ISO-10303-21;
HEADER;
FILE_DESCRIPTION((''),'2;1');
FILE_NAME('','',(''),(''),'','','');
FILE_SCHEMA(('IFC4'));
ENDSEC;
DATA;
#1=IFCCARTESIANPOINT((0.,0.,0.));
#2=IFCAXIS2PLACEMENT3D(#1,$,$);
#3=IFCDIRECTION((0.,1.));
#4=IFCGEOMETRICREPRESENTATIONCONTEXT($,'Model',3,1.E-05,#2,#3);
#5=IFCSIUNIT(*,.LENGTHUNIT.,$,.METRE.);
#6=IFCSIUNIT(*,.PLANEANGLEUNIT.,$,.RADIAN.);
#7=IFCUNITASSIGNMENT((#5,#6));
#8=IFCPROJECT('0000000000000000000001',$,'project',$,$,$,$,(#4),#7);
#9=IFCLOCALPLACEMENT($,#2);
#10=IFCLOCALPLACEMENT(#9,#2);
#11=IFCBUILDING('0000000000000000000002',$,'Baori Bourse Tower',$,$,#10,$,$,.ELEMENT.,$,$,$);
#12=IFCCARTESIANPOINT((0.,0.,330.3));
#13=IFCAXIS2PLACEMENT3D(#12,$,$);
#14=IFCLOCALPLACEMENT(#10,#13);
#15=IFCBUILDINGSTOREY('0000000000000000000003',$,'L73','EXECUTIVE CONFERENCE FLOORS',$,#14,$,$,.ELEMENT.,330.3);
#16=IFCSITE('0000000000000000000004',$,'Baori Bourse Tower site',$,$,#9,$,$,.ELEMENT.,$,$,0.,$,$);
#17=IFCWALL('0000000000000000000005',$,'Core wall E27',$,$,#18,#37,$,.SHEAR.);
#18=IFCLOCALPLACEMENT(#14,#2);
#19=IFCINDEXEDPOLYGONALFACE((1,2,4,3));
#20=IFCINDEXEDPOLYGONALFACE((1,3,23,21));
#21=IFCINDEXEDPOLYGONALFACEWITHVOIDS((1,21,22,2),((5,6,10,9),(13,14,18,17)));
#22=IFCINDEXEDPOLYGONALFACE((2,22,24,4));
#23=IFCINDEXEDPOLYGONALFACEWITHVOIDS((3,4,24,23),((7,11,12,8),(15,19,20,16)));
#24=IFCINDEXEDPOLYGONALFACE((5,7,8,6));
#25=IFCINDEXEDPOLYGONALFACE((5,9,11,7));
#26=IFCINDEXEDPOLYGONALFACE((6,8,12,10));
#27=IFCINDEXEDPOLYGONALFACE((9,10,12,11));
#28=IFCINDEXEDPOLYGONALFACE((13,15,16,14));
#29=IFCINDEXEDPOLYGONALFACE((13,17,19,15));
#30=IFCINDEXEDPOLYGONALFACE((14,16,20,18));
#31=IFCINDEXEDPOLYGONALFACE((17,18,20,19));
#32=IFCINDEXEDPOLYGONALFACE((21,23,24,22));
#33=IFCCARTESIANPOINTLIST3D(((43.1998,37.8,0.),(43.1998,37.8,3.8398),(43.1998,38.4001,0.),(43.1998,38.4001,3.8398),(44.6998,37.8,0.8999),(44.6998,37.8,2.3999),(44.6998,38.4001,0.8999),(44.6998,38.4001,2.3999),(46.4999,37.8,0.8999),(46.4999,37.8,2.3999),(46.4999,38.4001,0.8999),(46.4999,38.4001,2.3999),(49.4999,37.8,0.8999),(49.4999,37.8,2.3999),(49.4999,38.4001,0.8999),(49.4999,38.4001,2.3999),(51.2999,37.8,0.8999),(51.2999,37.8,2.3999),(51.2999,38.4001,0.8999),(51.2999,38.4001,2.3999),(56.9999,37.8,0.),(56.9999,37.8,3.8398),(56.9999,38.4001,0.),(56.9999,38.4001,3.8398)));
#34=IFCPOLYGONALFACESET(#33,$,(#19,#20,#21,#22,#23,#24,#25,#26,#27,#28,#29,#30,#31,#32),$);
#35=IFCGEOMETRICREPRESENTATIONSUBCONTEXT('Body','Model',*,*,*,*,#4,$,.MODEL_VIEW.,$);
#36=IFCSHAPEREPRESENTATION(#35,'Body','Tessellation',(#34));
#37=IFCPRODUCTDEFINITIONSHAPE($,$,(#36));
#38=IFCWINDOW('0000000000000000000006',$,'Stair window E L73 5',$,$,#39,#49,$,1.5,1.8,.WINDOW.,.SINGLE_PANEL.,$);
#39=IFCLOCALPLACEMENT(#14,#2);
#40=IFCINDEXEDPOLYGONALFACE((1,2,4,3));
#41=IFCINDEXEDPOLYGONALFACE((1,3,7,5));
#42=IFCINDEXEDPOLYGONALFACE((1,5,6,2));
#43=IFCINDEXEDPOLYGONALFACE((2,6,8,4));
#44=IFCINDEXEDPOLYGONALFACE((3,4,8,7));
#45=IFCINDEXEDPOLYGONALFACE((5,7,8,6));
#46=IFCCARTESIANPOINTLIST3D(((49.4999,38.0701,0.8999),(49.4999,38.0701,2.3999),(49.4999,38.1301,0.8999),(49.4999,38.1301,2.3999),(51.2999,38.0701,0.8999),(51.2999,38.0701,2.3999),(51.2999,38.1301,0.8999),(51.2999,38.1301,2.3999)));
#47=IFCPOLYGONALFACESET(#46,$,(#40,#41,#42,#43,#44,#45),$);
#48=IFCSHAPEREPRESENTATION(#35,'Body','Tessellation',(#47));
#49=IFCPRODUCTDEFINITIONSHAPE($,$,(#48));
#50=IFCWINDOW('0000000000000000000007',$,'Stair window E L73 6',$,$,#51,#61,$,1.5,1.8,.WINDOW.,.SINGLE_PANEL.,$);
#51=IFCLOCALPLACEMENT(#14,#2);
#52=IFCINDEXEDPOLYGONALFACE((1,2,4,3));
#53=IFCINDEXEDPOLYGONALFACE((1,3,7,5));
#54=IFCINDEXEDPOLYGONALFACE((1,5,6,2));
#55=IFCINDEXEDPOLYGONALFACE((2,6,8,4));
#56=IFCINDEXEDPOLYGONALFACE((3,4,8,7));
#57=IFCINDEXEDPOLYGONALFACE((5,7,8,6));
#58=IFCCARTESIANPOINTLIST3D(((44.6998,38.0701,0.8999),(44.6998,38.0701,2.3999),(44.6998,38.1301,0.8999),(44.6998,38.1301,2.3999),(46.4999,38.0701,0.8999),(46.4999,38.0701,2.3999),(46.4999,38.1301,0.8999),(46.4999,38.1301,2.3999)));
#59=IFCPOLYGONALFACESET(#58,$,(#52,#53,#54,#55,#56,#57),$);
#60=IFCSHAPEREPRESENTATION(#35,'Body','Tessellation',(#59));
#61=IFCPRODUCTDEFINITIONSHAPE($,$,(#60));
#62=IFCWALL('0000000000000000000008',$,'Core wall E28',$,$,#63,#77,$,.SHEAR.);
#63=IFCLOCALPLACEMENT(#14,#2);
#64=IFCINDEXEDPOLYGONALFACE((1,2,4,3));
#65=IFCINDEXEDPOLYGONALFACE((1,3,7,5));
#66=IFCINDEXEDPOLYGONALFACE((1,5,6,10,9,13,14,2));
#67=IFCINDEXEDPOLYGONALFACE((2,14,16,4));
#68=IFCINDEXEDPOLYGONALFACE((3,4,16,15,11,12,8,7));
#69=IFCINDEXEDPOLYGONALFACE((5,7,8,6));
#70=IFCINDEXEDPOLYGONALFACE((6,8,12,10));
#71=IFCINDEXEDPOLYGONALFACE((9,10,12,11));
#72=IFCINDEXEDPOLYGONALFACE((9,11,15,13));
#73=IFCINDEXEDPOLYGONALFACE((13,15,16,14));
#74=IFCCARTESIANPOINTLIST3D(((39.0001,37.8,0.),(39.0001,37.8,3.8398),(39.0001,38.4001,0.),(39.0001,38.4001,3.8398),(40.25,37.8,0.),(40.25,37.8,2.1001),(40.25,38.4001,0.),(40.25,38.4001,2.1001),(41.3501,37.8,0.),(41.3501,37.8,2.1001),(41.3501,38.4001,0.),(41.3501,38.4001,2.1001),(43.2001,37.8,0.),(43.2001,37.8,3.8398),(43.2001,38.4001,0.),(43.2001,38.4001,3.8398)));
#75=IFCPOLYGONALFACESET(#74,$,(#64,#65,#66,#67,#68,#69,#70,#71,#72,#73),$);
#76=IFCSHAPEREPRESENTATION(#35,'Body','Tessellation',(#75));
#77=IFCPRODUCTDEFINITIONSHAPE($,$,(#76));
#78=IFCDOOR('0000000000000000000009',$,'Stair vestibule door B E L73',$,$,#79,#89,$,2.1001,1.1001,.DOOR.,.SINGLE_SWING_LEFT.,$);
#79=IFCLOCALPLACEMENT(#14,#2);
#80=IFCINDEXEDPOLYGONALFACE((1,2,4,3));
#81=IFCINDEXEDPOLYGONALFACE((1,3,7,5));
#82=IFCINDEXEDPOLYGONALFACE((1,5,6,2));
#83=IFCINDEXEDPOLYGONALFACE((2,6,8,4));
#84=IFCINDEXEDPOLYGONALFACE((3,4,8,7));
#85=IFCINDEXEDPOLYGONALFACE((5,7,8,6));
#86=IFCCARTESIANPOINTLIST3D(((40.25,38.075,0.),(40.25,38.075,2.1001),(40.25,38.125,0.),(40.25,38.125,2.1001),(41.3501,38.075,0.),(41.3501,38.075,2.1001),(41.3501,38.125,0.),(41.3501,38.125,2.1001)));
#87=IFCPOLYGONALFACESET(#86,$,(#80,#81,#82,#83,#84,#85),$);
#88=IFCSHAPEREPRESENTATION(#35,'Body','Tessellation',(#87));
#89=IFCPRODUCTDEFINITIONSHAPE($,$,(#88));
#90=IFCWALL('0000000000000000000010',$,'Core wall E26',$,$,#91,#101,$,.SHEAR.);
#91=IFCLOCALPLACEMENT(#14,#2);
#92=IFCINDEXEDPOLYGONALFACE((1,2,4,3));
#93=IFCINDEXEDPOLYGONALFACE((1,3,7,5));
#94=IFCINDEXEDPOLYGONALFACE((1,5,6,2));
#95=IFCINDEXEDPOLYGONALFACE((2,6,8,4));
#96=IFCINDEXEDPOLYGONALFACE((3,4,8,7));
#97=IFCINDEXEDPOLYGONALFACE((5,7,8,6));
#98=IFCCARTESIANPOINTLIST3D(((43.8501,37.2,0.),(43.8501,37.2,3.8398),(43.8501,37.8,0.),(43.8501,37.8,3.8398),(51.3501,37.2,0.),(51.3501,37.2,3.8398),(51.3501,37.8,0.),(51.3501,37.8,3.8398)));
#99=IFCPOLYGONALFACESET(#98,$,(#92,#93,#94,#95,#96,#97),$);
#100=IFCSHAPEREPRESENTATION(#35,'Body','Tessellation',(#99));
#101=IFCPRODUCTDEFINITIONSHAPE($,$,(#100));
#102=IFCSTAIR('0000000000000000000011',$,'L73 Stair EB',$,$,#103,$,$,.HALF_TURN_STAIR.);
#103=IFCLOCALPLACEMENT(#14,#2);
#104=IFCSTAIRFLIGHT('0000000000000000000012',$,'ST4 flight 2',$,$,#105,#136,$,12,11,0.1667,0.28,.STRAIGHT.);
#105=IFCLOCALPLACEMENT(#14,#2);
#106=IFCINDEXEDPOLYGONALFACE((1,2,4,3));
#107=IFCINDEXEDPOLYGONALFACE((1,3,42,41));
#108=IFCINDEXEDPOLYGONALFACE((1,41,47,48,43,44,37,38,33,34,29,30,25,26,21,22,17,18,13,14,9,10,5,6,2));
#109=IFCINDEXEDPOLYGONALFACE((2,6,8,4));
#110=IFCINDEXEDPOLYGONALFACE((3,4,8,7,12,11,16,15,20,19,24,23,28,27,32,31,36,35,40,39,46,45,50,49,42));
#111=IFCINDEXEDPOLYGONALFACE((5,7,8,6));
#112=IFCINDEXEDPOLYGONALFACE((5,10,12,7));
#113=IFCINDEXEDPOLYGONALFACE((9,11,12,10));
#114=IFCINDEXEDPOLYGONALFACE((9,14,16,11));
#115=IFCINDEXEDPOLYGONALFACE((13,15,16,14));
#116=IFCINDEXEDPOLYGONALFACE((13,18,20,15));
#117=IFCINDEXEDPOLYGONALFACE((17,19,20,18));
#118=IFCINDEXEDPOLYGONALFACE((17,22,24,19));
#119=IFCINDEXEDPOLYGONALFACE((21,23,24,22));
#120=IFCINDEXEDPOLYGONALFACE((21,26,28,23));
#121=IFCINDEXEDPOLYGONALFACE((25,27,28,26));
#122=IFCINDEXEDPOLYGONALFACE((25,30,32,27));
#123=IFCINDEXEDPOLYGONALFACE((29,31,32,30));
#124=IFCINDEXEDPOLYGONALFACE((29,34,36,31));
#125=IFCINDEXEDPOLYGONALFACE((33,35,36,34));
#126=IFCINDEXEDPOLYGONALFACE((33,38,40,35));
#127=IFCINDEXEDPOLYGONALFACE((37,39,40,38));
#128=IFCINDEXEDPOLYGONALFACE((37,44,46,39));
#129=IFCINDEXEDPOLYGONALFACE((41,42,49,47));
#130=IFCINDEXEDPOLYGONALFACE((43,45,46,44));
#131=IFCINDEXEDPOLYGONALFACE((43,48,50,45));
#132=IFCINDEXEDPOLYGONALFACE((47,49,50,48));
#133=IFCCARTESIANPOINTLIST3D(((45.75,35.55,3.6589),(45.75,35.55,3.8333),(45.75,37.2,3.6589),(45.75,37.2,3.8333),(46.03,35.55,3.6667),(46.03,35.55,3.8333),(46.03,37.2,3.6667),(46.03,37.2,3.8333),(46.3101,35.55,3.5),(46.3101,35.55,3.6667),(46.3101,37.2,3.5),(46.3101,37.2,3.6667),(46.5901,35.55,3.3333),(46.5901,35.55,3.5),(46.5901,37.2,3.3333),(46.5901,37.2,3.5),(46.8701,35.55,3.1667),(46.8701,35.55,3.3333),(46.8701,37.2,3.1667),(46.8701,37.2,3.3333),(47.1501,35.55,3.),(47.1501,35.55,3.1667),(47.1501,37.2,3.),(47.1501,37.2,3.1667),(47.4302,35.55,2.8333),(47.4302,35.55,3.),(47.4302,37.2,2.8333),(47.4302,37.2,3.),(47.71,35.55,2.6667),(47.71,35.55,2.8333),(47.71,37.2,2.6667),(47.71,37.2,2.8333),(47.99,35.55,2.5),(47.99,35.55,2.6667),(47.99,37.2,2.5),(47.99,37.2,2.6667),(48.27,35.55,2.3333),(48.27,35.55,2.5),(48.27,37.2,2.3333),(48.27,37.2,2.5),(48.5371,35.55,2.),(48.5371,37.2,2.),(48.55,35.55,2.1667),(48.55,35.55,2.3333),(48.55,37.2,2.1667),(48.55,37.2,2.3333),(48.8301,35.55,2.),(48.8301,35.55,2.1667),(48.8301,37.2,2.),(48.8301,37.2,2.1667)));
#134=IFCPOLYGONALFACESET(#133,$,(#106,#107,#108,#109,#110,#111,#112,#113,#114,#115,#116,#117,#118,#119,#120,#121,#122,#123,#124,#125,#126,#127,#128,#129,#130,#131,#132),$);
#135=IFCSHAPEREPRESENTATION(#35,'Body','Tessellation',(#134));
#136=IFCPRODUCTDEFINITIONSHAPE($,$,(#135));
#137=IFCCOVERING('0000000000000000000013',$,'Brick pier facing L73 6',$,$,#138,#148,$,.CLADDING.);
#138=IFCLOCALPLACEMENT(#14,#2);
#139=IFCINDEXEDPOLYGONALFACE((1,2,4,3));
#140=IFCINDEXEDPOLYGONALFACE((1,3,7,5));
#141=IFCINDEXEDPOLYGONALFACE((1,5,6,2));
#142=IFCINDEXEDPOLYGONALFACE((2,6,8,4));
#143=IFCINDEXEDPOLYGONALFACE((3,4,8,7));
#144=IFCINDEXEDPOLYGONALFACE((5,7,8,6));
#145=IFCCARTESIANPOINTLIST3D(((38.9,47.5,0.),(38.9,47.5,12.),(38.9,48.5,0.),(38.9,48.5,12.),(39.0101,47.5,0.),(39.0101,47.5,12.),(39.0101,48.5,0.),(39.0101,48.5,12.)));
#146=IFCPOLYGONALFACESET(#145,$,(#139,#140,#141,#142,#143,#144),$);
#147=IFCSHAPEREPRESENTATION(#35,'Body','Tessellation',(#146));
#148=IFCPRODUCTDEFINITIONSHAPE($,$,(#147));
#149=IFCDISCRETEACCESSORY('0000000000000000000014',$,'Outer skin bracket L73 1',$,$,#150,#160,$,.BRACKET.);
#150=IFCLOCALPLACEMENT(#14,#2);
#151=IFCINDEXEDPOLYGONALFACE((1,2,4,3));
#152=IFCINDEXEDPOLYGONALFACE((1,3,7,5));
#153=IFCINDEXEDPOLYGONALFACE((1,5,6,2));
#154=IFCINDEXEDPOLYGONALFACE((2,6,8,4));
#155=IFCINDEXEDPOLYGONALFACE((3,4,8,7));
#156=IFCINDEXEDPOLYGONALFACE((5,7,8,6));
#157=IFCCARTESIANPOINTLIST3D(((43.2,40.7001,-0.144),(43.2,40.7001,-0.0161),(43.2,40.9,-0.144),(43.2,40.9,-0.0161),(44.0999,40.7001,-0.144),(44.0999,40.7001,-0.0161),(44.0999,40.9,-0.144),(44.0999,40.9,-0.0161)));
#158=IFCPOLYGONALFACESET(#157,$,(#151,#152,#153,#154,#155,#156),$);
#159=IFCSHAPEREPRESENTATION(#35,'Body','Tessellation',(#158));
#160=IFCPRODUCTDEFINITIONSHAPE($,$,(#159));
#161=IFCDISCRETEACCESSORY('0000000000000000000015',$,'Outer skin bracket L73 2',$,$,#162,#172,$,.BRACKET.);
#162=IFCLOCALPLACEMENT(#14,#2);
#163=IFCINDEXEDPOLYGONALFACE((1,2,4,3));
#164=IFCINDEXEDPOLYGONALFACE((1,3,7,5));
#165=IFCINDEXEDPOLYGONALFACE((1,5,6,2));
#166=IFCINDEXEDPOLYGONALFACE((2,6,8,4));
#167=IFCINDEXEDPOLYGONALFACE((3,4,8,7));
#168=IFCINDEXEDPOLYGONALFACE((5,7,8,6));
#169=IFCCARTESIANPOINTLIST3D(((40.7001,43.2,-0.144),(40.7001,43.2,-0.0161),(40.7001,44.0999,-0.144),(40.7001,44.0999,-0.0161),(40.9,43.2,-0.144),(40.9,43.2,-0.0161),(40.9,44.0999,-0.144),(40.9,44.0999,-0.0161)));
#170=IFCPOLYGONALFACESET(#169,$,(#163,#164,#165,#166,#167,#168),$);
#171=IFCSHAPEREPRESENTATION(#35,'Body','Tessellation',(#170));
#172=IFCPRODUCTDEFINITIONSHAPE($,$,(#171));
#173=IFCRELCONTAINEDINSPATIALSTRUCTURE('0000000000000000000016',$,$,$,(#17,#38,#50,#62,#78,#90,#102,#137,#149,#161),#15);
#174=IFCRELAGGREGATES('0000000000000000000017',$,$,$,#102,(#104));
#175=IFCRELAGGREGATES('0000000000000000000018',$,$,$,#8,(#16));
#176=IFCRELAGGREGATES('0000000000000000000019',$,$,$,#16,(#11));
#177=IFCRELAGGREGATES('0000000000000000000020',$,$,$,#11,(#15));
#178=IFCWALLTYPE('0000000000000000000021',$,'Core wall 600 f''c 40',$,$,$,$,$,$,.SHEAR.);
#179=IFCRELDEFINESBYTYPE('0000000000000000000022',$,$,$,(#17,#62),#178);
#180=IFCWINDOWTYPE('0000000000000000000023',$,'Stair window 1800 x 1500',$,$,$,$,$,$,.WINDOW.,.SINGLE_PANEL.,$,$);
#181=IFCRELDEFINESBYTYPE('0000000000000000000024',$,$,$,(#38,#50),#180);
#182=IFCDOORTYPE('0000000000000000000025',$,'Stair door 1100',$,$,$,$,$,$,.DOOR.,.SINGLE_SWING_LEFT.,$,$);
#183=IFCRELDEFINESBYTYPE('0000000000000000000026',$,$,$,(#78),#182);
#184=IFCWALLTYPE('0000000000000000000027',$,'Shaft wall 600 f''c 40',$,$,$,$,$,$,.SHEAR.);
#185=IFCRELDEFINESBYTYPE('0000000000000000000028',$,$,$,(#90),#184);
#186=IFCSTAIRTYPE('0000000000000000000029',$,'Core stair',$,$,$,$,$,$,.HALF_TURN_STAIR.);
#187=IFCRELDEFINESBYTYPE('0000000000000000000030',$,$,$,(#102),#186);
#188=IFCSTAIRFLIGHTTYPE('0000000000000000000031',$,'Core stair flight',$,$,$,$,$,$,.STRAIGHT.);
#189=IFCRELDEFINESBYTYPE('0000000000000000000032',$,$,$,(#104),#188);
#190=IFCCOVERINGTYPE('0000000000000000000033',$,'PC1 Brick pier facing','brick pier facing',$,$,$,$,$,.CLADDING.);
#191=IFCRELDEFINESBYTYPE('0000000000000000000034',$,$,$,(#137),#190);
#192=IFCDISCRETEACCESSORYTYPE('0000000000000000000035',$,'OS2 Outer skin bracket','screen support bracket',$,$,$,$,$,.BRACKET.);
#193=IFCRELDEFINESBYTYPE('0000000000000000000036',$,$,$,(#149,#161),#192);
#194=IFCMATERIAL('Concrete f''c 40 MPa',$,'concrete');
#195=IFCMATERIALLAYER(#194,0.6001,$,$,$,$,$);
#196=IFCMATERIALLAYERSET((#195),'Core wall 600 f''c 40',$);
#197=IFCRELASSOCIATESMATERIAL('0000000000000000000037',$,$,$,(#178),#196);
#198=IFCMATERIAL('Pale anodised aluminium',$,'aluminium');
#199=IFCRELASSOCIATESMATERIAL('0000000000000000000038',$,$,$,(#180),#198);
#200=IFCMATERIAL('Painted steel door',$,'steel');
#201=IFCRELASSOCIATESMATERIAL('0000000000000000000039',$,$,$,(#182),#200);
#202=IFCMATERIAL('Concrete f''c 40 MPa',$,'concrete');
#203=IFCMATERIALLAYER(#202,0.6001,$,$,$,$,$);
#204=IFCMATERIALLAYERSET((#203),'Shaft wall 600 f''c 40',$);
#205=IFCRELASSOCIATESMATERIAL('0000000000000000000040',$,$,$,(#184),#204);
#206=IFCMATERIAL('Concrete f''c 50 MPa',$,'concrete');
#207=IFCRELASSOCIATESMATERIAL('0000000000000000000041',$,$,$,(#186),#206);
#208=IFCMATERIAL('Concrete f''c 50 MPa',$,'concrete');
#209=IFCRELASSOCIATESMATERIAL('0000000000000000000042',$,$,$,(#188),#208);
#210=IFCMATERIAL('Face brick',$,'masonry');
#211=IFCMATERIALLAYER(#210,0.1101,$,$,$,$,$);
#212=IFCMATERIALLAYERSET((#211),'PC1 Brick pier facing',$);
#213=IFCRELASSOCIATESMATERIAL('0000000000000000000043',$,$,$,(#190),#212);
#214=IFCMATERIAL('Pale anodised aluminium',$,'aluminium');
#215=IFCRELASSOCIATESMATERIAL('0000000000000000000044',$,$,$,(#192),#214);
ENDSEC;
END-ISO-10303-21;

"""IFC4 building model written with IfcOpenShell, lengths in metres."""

from ifc_helpers import new_model, si_unit, direction, frame, frame_2d, origin, origin_2d, place, context, subcontext, project, spatial, polyline, rectangle, outline, extrude, material, layer, layer_set, type_object, element, fill, aggregate, save


model = new_model("IFC4")

# Units and contexts
model_context = context("Model", 3, precision=1e-05, world=origin(), true_north=direction((0.0, 1.0)))
body_context = subcontext(model_context, "Body", "Model", "MODEL_VIEW")
ifc_project = project(units=[si_unit("LENGTHUNIT", "METRE"), si_unit("PLANEANGLEUNIT", "RADIAN")], contexts=[model_context])

# Site, building, storey
site_placement = place(None, origin())
site = spatial("IfcSite", under=ifc_project, at=site_placement, Name="Baori Bourse Tower site", CompositionType="ELEMENT", RefElevation=0.0)
building_placement = place(site_placement, origin())
building = spatial("IfcBuilding", under=site, at=building_placement, Name="Baori Bourse Tower", CompositionType="ELEMENT")
storey_placement = place(building_placement, frame((0.0, 0.0, 330.3)))
storey = spatial("IfcBuildingStorey", under=building, at=storey_placement, Name="L73", Description="EXECUTIVE CONFERENCE FLOORS", CompositionType="ELEMENT", Elevation=330.3)

# Wall, openings, windows
ifc_material_1 = material(Name="Concrete f'c 40 MPa", Category="concrete")
ifc_layer_1 = layer(ifc_material_1, 0.6001)
ifc_layer_set_1 = layer_set([ifc_layer_1], Name="Core wall 600 f'c 40")
wall_type_1 = type_object("IfcWallType", Name="Core wall 600 f'c 40", PredefinedType="SHEAR", material=ifc_layer_set_1)
wall_1_placement = place(storey_placement, frame((43.2, 38.1001, 0.0), z_axis=(0.0, 0.0, 1.0), x_axis=(1.0, 0.0, 0.0)))
wall_1 = element("IfcWall", 1, at=wall_1_placement, inside=storey, type_object=wall_type_1, Name="Core wall E27", PredefinedType="SHEAR", context=body_context, shape_type="SweptSolid", body=[
    extrude(rectangle(XDim=13.8, YDim=0.6001, at=frame_2d((6.8999, 0.0))), origin(), (0.0, 0.0, 1.0), 3.8398),
])
opening_1_placement = place(wall_1_placement, frame((6.3, 0.0, 0.8999)))
opening_1 = element("IfcOpeningElement", 2, at=opening_1_placement, cuts=wall_1, PredefinedType="OPENING", context=body_context, shape_type="SweptSolid", body=[
    extrude(rectangle(XDim=1.8, YDim=1.5, at=frame_2d((0.8999, 0.75))), frame((0.0, 0.3101, 0.0), z_axis=(0.0, -1.0, 0.0), x_axis=(1.0, 0.0, 0.0)), (0.0, 0.0, 1.0), 0.6201),
])
opening_2_placement = place(wall_1_placement, frame((1.5, 0.0, 0.8999)))
opening_2 = element("IfcOpeningElement", 3, at=opening_2_placement, cuts=wall_1, PredefinedType="OPENING", context=body_context, shape_type="SweptSolid", body=[
    extrude(rectangle(XDim=1.8, YDim=1.5, at=frame_2d((0.8999, 0.75))), frame((0.0, 0.3101, 0.0), z_axis=(0.0, -1.0, 0.0), x_axis=(1.0, 0.0, 0.0)), (0.0, 0.0, 1.0), 0.6201),
])
ifc_material_2 = material(Name="Pale anodised aluminium", Category="aluminium")
window_type_1 = type_object("IfcWindowType", Name="Stair window 1800 x 1500", PartitioningType="SINGLE_PANEL", PredefinedType="WINDOW", material=ifc_material_2)
window_1_placement = place(opening_1_placement, origin())
window_1 = element("IfcWindow", 4, at=window_1_placement, inside=storey, type_object=window_type_1, Name="Stair window E L73 5", OverallHeight=1.5, OverallWidth=1.8, PartitioningType="SINGLE_PANEL", PredefinedType="WINDOW", context=body_context, shape_type="SweptSolid", body=[
    extrude(rectangle(XDim=1.8, YDim=1.5, at=frame_2d((0.8999, 0.75))), frame((0.0, 0.03, 0.0), z_axis=(0.0, -1.0, 0.0), x_axis=(1.0, 0.0, 0.0)), (0.0, 0.0, 1.0), 0.0601),
])
fill(opening_1, window_1)
window_2_placement = place(opening_2_placement, origin())
window_2 = element("IfcWindow", 5, at=window_2_placement, inside=storey, type_object=window_type_1, Name="Stair window E L73 6", OverallHeight=1.5, OverallWidth=1.8, PartitioningType="SINGLE_PANEL", PredefinedType="WINDOW", context=body_context, shape_type="SweptSolid", body=[
    extrude(rectangle(XDim=1.8, YDim=1.5, at=frame_2d((0.8999, 0.75))), frame((0.0, 0.03, 0.0), z_axis=(0.0, -1.0, 0.0), x_axis=(1.0, 0.0, 0.0)), (0.0, 0.0, 1.0), 0.0601),
])
fill(opening_2, window_2)

# Wall, opening, door
wall_2_placement = place(storey_placement, frame((39.0, 38.1001, 0.0), z_axis=(0.0, 0.0, 1.0), x_axis=(1.0, 0.0, 0.0)))
wall_2 = element("IfcWall", 6, at=wall_2_placement, inside=storey, type_object=wall_type_1, Name="Core wall E28", PredefinedType="SHEAR", context=body_context, shape_type="SweptSolid", body=[
    extrude(rectangle(XDim=4.2, YDim=0.6001, at=frame_2d((2.1001, 0.0))), origin(), (0.0, 0.0, 1.0), 3.8398),
])
opening_3_placement = place(wall_2_placement, frame((1.25, 0.0, 0.0)))
opening_3 = element("IfcOpeningElement", 7, at=opening_3_placement, cuts=wall_2, PredefinedType="OPENING", context=body_context, shape_type="SweptSolid", body=[
    extrude(rectangle(XDim=1.1001, YDim=2.1001, at=frame_2d((0.55, 1.05))), frame((0.0, 0.3101, 0.0), z_axis=(0.0, -1.0, 0.0), x_axis=(1.0, 0.0, 0.0)), (0.0, 0.0, 1.0), 0.6201),
])
ifc_material_3 = material(Name="Painted steel door", Category="steel")
door_type = type_object("IfcDoorType", Name="Stair door 1100", OperationType="SINGLE_SWING_LEFT", PredefinedType="DOOR", material=ifc_material_3)
door_placement = place(opening_3_placement, origin())
door = element("IfcDoor", 8, at=door_placement, inside=storey, type_object=door_type, Name="Stair vestibule door B E L73", OperationType="SINGLE_SWING_LEFT", OverallHeight=2.1001, OverallWidth=1.1001, PredefinedType="DOOR", context=body_context, shape_type="SweptSolid", body=[
    extrude(rectangle(XDim=1.1001, YDim=2.1001, at=frame_2d((0.55, 1.05))), frame((0.0, 0.0249, 0.0), z_axis=(0.0, -1.0, 0.0), x_axis=(1.0, 0.0, 0.0)), (0.0, 0.0, 1.0), 0.05),
])
fill(opening_3, door)

# Wall
ifc_material_4 = material(Name="Concrete f'c 40 MPa", Category="concrete")
ifc_layer_2 = layer(ifc_material_4, 0.6001)
ifc_layer_set_2 = layer_set([ifc_layer_2], Name="Shaft wall 600 f'c 40")
wall_type_2 = type_object("IfcWallType", Name="Shaft wall 600 f'c 40", PredefinedType="SHEAR", material=ifc_layer_set_2)
wall_3_placement = place(storey_placement, frame((43.8501, 37.5, 0.0), z_axis=(0.0, 0.0, 1.0), x_axis=(1.0, 0.0, 0.0)))
element("IfcWall", 9, at=wall_3_placement, inside=storey, type_object=wall_type_2, Name="Core wall E26", PredefinedType="SHEAR", context=body_context, shape_type="SweptSolid", body=[
    extrude(rectangle(XDim=7.5, YDim=0.6001, at=frame_2d((3.75, 0.0))), origin(), (0.0, 0.0, 1.0), 3.8398),
])

# Stair, stair flight
ifc_material_5 = material(Name="Concrete f'c 50 MPa", Category="concrete")
stair_type = type_object("IfcStairType", Name="Core stair", PredefinedType="HALF_TURN_STAIR", material=ifc_material_5)
stair_placement = place(storey_placement, origin())
stair = element("IfcStair", 10, at=stair_placement, inside=storey, type_object=stair_type, Name="L73 Stair EB", PredefinedType="HALF_TURN_STAIR")
ifc_material_6 = material(Name="Concrete f'c 50 MPa", Category="concrete")
stair_flight_type = type_object("IfcStairFlightType", Name="Core stair flight", PredefinedType="STRAIGHT", material=ifc_material_6)
stair_flight_placement = place(storey_placement, frame((48.8301, 36.375, 2.0), z_axis=(0.0, 0.0, 1.0), x_axis=(-1.0, 0.0, 0.0)))
stair_flight = element("IfcStairFlight", 11, at=stair_flight_placement, type_object=stair_flight_type, Name="ST4 flight 2", NumberOfRisers=12, NumberOfTreads=11, PredefinedType="STRAIGHT", RiserHeight=0.1667, TreadLength=0.28, context=body_context, shape_type="SweptSolid", body=[
    extrude(outline(polyline([(0.0, 0.0), (0.0, 0.1667), (0.28, 0.1667), (0.28, 0.3333), (0.5601, 0.3333), (0.5601, 0.5), (0.8401, 0.5), (0.8401, 0.6667), (1.1201, 0.6667), (1.1201, 0.8333), (1.3999, 0.8333), (1.3999, 1.0), (1.6799, 1.0), (1.6799, 1.1667), (1.96, 1.1667), (1.96, 1.3333), (2.24, 1.3333), (2.24, 1.5), (2.52, 1.5), (2.52, 1.6667), (2.8, 1.6667), (2.8, 1.8333), (3.0801, 1.8333), (3.0801, 2.0), (3.0801, 1.6589), (0.293, 0.0), (0.0, 0.0)])), frame((0.0, 0.825, 0.0), z_axis=(0.0, -1.0, 0.0), x_axis=(1.0, 0.0, 0.0)), (0.0, 0.0, 1.0), 1.6499),
])
aggregate(stair, [stair_flight])

# Covering
ifc_material_7 = material(Name="Face brick", Category="masonry")
ifc_layer_3 = layer(ifc_material_7, 0.1101)
ifc_layer_set_3 = layer_set([ifc_layer_3], Name="PC1 Brick pier facing")
covering_type = type_object("IfcCoveringType", Name="PC1 Brick pier facing", Description="brick pier facing", PredefinedType="CLADDING", material=ifc_layer_set_3)
covering_placement = place(storey_placement, frame((38.9551, 48.0, 0.0), z_axis=(0.0, 0.0, 1.0), x_axis=(1.0, 0.0, 0.0)))
element("IfcCovering", 12, at=covering_placement, inside=storey, type_object=covering_type, Name="Brick pier facing L73 6", PredefinedType="CLADDING", context=body_context, shape_type="SweptSolid", body=[
    extrude(rectangle(XDim=0.1101, YDim=1.0, at=origin_2d()), origin(), (0.0, 0.0, 1.0), 12.0),
])

# Discrete accessories
ifc_material_8 = material(Name="Pale anodised aluminium", Category="aluminium")
discrete_accessory_type = type_object("IfcDiscreteAccessoryType", Name="OS2 Outer skin bracket", Description="screen support bracket", PredefinedType="BRACKET", material=ifc_material_8)
for number, where, z_axis, x_axis, name in (
    (13, (43.6499, 40.8, -0.144), (0.0, 0.0, 1.0), (0.0, 1.0, 0.0), "Outer skin bracket L73 1"),
    (14, (40.8, 43.6499, -0.144), (0.0, 0.0, 1.0), (-1.0, 0.0, 0.0), "Outer skin bracket L73 2"),
):
    element("IfcDiscreteAccessory", number, at=place(storey_placement, frame(where, z_axis=z_axis, x_axis=x_axis)), inside=storey, type_object=discrete_accessory_type, Name=name, PredefinedType="BRACKET", context=body_context, shape_type="SweptSolid", body=[
        extrude(rectangle(XDim=0.2, YDim=0.8999, at=origin_2d()), origin(), (0.0, 0.0, 1.0), 0.1279),
    ])

save(model, "model.ifc")
